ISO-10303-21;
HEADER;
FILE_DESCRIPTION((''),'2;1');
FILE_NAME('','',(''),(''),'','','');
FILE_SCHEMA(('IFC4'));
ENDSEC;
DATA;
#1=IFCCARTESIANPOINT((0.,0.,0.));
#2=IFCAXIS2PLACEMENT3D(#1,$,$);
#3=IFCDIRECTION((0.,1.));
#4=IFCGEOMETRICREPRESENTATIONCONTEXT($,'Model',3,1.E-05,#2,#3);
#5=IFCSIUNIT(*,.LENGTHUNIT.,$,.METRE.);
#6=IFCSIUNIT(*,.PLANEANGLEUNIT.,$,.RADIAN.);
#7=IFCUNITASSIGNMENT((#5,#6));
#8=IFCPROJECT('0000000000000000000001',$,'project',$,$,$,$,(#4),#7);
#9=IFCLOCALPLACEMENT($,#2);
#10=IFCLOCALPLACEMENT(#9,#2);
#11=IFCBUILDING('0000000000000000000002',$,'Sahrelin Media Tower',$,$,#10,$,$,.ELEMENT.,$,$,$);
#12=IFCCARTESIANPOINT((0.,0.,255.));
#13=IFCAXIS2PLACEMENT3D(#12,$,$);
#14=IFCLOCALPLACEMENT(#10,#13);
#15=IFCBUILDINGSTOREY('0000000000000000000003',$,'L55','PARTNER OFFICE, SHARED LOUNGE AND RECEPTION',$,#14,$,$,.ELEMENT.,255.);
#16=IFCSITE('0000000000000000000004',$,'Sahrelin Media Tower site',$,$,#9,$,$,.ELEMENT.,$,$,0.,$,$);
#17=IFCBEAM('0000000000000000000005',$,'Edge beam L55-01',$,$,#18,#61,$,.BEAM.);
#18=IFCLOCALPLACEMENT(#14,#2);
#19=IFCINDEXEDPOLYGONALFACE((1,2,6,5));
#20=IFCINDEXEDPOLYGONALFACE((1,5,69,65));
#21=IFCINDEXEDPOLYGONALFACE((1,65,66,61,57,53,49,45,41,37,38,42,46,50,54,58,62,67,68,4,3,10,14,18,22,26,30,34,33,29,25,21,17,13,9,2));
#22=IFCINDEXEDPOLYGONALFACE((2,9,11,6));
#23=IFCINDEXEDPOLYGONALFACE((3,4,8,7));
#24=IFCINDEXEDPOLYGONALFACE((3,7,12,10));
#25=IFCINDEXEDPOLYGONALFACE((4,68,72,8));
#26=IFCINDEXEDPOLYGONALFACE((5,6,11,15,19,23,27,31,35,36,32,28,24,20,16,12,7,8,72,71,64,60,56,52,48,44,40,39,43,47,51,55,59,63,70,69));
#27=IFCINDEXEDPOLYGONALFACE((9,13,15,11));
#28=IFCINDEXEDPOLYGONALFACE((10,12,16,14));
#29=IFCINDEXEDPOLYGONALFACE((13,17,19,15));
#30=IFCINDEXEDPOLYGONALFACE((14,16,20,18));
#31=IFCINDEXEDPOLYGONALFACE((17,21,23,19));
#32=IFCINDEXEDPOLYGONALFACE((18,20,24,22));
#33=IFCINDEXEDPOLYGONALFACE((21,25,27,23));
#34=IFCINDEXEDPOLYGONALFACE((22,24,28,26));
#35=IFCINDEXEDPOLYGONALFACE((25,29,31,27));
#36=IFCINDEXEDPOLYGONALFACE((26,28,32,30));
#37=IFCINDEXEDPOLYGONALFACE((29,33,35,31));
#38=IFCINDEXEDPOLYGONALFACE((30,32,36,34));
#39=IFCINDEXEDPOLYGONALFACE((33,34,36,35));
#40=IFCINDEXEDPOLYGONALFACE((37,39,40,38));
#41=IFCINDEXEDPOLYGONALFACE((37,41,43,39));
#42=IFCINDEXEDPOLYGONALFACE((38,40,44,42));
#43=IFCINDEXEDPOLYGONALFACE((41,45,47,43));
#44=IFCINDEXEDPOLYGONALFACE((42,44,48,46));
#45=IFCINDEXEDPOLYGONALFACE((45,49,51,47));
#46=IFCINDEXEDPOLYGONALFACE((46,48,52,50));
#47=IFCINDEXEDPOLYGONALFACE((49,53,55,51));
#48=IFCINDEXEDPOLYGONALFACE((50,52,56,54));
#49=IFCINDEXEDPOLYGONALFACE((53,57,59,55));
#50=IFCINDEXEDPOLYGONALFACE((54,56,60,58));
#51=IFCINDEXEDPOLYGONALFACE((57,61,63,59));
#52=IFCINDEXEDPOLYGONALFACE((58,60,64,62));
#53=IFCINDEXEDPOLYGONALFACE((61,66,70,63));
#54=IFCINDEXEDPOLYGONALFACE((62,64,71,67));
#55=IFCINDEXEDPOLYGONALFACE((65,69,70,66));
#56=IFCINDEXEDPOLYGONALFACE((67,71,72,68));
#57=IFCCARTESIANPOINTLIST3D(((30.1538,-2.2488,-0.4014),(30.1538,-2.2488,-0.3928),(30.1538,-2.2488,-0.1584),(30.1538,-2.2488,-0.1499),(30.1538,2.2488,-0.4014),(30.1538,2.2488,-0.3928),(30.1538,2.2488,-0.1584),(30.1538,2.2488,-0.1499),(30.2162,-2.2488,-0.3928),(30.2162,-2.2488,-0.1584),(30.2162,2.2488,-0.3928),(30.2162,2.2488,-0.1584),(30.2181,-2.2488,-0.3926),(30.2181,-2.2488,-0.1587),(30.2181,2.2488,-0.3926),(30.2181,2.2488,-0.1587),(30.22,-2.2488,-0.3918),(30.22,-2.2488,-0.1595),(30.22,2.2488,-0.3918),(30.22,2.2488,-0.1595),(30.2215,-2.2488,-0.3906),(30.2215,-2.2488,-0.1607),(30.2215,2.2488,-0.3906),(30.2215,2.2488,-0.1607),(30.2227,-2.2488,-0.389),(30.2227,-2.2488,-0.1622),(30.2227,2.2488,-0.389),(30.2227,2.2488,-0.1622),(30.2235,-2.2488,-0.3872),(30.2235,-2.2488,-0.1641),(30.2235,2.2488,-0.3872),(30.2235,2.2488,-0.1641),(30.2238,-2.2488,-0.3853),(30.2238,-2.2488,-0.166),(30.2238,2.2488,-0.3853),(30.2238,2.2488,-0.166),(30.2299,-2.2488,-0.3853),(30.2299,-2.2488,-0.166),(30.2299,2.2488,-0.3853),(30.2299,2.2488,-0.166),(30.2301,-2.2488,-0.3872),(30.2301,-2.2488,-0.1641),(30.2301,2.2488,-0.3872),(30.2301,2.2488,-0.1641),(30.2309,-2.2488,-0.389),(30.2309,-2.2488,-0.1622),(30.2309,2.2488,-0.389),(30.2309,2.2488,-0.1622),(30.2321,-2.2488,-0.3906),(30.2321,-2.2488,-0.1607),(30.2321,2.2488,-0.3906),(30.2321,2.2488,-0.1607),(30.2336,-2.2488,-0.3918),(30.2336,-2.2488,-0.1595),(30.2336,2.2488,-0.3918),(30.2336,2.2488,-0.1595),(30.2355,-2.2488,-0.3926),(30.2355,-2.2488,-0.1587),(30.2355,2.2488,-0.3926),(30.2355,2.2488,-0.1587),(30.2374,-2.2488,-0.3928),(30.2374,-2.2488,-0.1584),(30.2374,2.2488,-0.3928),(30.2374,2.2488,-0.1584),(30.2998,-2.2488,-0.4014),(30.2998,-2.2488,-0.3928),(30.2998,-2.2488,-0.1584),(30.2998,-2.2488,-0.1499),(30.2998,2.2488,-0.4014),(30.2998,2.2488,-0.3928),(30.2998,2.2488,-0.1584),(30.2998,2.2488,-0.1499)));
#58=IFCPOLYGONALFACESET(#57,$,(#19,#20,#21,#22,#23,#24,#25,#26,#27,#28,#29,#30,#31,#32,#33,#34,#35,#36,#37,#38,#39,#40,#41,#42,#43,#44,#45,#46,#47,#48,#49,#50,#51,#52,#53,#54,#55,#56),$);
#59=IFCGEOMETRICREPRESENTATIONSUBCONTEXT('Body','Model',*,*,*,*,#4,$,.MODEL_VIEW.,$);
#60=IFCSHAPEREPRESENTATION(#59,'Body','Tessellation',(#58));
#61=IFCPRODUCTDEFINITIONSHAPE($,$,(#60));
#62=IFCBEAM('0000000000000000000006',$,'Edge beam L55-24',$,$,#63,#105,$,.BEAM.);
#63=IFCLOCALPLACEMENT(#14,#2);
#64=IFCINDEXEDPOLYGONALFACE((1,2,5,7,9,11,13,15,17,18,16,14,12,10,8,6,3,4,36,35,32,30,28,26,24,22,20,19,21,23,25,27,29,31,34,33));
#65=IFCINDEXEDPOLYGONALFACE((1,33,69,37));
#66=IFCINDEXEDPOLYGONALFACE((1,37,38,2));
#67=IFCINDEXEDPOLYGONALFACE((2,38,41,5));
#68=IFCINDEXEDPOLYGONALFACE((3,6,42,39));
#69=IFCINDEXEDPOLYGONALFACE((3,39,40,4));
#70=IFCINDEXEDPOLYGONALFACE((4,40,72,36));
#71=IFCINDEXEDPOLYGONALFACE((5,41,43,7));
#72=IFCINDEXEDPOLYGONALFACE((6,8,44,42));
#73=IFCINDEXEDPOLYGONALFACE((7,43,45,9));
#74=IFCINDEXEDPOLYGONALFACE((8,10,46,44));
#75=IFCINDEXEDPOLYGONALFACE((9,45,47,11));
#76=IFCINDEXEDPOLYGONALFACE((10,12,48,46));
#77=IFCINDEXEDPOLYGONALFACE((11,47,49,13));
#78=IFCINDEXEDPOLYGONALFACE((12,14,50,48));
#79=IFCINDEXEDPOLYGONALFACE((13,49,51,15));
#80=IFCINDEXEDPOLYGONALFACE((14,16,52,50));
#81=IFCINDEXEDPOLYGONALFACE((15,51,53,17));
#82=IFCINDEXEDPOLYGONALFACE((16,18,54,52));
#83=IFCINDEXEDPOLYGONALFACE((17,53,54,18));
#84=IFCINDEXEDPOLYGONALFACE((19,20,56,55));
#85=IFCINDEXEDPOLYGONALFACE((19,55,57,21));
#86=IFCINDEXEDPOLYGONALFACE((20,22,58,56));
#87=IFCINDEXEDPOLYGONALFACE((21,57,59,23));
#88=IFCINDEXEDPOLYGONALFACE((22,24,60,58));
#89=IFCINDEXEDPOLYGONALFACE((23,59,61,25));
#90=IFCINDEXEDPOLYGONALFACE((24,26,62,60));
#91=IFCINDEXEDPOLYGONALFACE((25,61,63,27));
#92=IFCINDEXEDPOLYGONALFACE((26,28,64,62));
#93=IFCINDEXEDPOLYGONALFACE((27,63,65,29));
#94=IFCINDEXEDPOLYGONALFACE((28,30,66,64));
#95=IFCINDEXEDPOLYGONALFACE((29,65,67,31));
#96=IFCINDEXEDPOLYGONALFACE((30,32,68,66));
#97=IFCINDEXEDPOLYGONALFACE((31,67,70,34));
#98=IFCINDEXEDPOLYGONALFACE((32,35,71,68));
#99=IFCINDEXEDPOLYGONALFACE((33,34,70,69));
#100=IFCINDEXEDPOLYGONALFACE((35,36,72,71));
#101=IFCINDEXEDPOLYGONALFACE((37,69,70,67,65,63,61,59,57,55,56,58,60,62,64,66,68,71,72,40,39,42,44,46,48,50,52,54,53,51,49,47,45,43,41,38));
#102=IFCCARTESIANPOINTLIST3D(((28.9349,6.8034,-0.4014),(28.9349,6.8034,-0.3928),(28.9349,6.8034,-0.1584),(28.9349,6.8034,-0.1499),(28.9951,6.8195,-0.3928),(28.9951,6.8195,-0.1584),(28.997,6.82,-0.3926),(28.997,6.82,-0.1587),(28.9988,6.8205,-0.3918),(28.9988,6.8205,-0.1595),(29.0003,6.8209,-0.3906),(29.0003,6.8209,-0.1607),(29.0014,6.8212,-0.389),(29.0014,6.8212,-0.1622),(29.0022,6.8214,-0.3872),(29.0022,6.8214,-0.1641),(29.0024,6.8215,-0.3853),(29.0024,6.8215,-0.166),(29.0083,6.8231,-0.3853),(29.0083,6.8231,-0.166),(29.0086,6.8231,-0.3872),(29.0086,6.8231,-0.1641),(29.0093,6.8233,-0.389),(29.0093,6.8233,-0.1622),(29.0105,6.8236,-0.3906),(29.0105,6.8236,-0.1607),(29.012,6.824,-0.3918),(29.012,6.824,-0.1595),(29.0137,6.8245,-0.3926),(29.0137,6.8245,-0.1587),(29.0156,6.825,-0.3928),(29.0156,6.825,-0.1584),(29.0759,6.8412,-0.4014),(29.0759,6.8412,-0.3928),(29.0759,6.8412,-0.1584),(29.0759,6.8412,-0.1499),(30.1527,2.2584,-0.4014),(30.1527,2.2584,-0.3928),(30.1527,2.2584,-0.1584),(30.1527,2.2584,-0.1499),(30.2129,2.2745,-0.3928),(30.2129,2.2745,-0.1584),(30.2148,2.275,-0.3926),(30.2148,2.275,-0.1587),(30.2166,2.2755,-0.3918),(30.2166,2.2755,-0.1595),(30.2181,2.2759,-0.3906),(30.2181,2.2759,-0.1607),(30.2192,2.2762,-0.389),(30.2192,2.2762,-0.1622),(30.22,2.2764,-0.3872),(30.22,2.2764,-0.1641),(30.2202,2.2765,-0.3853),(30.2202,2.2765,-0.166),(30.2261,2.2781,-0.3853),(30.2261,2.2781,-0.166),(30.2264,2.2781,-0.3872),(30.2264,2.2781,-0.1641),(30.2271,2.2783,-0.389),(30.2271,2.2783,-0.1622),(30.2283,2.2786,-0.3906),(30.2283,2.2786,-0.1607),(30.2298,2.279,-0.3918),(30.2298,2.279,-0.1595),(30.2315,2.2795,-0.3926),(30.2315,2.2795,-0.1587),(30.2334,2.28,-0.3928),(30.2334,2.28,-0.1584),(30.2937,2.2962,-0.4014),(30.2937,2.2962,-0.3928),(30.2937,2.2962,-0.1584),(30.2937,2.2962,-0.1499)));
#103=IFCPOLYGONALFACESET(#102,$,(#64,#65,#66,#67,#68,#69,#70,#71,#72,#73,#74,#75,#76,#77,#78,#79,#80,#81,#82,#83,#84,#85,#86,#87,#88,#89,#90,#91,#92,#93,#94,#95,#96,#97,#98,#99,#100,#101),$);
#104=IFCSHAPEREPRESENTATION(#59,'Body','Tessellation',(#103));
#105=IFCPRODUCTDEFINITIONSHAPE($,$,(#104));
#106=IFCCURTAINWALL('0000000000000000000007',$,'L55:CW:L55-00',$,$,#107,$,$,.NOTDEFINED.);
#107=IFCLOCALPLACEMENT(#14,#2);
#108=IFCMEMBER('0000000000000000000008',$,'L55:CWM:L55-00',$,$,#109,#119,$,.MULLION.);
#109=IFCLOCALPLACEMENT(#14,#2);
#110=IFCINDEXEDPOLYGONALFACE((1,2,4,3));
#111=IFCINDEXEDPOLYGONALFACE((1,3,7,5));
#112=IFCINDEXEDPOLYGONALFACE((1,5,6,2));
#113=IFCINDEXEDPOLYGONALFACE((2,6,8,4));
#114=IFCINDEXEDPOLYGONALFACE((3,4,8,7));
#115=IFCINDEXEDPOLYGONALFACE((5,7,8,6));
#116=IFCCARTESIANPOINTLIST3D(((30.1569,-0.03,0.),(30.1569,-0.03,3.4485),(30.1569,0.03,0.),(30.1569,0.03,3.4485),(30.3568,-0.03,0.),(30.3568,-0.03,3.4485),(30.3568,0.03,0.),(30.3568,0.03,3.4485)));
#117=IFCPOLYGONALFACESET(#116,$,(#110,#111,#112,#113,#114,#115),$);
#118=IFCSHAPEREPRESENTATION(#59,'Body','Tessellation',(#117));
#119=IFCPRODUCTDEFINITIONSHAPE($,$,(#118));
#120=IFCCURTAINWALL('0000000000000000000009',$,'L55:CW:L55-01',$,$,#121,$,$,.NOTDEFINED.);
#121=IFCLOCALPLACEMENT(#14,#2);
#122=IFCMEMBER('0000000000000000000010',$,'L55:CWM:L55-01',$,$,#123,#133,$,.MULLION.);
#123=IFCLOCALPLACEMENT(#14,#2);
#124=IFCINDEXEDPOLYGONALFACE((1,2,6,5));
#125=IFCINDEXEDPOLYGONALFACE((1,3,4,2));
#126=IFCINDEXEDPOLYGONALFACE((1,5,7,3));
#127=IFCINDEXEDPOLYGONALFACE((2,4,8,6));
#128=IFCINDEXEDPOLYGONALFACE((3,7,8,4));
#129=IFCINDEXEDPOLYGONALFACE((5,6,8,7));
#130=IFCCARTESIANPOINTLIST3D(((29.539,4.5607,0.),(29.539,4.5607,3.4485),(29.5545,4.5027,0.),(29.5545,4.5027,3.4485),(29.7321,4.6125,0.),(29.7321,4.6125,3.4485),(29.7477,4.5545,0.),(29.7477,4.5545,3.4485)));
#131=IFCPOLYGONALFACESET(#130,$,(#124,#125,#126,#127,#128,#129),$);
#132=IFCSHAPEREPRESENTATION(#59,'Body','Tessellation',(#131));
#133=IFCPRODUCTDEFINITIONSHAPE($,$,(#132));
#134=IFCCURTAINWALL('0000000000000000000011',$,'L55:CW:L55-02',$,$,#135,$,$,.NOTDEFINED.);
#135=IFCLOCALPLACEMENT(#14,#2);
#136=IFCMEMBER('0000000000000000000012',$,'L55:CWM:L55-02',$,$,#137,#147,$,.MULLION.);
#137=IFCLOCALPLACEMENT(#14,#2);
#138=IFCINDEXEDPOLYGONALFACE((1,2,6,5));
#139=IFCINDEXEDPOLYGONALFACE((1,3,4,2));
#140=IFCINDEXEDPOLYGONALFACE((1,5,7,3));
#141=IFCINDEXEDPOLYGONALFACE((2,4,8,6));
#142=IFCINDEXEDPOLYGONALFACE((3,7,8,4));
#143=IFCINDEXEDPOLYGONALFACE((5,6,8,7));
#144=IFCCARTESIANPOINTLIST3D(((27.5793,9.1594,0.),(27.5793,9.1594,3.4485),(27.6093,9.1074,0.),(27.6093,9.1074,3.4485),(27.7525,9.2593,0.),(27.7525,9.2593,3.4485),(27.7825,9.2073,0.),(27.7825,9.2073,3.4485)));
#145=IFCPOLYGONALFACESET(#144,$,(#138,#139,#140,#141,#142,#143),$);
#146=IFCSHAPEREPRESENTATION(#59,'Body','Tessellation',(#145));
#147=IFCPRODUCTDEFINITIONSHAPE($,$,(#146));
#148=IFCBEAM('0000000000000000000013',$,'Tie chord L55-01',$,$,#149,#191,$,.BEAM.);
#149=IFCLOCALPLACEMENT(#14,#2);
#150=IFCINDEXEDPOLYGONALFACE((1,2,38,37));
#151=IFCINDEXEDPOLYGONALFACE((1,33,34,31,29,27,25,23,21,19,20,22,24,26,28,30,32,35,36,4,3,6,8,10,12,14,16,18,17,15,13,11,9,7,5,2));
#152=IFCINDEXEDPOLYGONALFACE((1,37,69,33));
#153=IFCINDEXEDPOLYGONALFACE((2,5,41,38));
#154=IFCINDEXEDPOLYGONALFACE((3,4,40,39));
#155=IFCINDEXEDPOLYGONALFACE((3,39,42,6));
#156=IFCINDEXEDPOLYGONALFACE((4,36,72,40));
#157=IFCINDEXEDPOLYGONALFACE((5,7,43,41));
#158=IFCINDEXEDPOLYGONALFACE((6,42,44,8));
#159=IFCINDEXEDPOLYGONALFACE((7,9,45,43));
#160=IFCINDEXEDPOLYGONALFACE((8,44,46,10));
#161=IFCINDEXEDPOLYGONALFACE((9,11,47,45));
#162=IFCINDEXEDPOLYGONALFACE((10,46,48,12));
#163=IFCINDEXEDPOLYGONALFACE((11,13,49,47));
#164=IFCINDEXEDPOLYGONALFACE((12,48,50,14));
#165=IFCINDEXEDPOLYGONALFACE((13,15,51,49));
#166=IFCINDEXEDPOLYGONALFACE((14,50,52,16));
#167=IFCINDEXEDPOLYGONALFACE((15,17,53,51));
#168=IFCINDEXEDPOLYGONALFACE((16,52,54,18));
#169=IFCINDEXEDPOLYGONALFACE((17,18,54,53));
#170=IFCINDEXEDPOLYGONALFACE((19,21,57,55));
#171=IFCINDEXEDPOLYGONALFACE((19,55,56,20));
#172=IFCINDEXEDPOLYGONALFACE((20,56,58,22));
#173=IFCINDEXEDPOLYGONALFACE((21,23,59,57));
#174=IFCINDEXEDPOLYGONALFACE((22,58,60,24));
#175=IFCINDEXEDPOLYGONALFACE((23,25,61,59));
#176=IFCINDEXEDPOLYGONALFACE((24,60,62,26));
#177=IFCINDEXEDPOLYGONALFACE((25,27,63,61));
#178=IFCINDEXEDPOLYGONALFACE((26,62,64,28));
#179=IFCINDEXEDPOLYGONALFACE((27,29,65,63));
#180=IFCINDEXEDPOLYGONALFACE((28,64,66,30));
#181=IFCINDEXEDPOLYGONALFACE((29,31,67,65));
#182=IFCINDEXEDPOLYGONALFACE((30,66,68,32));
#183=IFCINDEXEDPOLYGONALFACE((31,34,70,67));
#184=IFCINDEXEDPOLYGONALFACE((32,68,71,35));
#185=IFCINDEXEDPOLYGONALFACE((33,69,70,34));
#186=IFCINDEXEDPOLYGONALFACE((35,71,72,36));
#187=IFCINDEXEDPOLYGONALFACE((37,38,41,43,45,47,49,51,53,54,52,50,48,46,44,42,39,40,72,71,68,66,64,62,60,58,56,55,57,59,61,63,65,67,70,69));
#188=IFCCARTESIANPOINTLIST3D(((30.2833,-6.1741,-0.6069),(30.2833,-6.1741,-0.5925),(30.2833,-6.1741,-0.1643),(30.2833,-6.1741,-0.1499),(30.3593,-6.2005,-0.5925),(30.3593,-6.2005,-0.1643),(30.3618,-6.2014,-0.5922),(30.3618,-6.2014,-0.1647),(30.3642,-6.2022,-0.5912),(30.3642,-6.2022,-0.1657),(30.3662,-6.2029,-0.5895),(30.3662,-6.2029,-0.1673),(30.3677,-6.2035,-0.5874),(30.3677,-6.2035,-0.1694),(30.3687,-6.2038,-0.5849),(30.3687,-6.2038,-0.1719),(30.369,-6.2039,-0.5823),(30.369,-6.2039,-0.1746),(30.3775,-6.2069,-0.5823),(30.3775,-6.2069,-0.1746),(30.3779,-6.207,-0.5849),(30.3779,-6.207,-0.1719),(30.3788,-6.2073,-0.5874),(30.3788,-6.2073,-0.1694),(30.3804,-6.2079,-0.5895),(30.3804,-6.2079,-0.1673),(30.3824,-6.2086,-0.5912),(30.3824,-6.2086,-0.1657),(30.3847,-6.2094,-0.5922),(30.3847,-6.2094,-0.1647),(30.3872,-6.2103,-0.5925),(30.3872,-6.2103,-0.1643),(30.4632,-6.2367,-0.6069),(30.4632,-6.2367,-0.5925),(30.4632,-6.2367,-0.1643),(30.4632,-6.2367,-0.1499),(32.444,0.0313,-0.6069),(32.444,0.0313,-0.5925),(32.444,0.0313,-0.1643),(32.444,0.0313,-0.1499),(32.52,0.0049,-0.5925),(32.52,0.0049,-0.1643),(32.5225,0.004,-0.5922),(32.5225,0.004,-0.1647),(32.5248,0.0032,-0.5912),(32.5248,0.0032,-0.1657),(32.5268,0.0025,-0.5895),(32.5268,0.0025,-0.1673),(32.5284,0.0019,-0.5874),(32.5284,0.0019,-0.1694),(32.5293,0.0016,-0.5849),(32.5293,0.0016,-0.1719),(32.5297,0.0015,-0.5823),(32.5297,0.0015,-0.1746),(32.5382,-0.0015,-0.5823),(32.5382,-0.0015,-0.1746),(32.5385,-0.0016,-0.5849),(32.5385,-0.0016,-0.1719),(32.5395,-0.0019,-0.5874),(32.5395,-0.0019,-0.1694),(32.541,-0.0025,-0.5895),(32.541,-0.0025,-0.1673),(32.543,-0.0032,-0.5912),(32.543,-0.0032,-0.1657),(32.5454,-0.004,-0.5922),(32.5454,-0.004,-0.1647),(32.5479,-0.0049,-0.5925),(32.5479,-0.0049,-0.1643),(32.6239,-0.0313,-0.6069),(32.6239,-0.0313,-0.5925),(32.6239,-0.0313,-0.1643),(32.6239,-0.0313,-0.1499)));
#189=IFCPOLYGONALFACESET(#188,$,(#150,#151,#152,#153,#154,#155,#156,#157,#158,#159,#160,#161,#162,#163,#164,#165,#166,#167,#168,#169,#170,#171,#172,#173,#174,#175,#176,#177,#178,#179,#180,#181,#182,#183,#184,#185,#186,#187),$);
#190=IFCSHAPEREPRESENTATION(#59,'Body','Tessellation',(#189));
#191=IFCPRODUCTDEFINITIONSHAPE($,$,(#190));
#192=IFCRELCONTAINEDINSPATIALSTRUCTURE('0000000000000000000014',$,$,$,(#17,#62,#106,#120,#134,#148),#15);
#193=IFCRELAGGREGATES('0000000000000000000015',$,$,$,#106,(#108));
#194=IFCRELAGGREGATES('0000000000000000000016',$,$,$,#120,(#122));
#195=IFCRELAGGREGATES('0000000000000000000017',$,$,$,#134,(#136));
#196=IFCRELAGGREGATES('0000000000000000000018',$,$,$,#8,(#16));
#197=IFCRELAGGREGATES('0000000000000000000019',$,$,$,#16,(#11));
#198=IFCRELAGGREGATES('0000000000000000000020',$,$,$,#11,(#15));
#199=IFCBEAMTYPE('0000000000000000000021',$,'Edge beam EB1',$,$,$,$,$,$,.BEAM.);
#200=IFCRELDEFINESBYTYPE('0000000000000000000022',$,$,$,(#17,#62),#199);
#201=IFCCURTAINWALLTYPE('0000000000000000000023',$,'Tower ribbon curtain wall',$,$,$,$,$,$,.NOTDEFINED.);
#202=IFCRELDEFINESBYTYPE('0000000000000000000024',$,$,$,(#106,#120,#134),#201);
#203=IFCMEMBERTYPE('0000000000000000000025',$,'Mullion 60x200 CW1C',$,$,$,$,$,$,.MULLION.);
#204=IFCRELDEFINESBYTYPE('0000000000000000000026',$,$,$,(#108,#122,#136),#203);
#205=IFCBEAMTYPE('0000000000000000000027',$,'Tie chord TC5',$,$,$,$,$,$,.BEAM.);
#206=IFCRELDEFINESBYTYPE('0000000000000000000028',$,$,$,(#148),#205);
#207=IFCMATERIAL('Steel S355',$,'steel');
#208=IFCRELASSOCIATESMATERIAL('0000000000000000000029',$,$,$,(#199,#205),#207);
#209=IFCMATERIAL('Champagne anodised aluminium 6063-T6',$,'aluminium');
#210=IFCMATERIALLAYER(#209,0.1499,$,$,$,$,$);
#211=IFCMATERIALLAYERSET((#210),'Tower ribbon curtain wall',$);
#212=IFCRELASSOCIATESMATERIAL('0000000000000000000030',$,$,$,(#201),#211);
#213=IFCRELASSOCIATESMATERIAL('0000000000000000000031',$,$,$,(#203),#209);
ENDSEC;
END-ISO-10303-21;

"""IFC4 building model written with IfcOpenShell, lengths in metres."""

from ifc_helpers import new_model, si_unit, direction, frame, origin, origin_2d, place, context, subcontext, project, spatial, rectangle, i_section, extrude, material, layer, layer_set, material_profile, profile_set, type_object, element, aggregate, save


model = new_model("IFC4")

# Units and contexts
model_context = context("Model", 3, precision=1e-05, world=origin(), true_north=direction((0.0, 1.0)))
body_context = subcontext(model_context, "Body", "Model", "MODEL_VIEW")
ifc_project = project(units=[si_unit("LENGTHUNIT", "METRE"), si_unit("PLANEANGLEUNIT", "RADIAN")], contexts=[model_context])

# Site, building, storey
site_placement = place(None, origin())
site = spatial("IfcSite", under=ifc_project, at=site_placement, Name="Sahrelin Media Tower site", CompositionType="ELEMENT", RefElevation=0.0)
building_placement = place(site_placement, origin())
building = spatial("IfcBuilding", under=site, at=building_placement, Name="Sahrelin Media Tower", CompositionType="ELEMENT")
storey_placement = place(building_placement, frame((0.0, 0.0, 255.0)))
storey = spatial("IfcBuildingStorey", under=building, at=storey_placement, Name="L55", Description="PARTNER OFFICE, SHARED LOUNGE AND RECEPTION", CompositionType="ELEMENT", Elevation=255.0)

# Beams
ifc_material_1 = material(Name="Steel S355", Category="steel")
ifc_material_profile_1 = material_profile(ifc_material_1, i_section(OverallWidth=0.146, OverallDepth=0.2515, WebThickness=0.0061, FlangeThickness=0.0085, FilletRadius=0.0076, at=origin_2d()), Name="UB 254x146x31")
ifc_profile_set_1 = profile_set([ifc_material_profile_1], Name="Steel S355")
beam_type_1 = type_object("IfcBeamType", Name="Edge beam EB1", PredefinedType="BEAM", material=ifc_profile_set_1)
beam_1_placement = place(storey_placement, frame((30.2268, 2.2488, -0.2756), z_axis=(0.0, -1.0, 0.0), x_axis=(1.0, 0.0, 0.0)))
element("IfcBeam", 1, at=beam_1_placement, inside=storey, type_object=beam_type_1, Name="Edge beam L55-01", PredefinedType="BEAM", context=body_context, shape_type="SweptSolid", body=[
    extrude(i_section(OverallWidth=0.146, OverallDepth=0.2515, WebThickness=0.0061, FlangeThickness=0.0085, FilletRadius=0.0076, at=origin_2d()), origin(), (0.0, 0.0, 1.0), 4.4976),
])
beam_2_placement = place(storey_placement, frame((29.0054, 6.8223, -0.2756), z_axis=(0.258812, -0.965928, 0.0), x_axis=(0.965928, 0.258812, 0.0)))
element("IfcBeam", 2, at=beam_2_placement, inside=storey, type_object=beam_type_1, Name="Edge beam L55-24", PredefinedType="BEAM", context=body_context, shape_type="SweptSolid", body=[
    extrude(i_section(OverallWidth=0.146, OverallDepth=0.2515, WebThickness=0.0061, FlangeThickness=0.0085, FilletRadius=0.0076, at=origin_2d()), origin(), (0.0, 0.0, 1.0), 4.7053),
])

# Curtain walls, members
ifc_material_2 = material(Name="Champagne anodised aluminium 6063-T6", Category="aluminium")
ifc_layer_1 = layer(ifc_material_2, 0.1499)
ifc_layer_set_1 = layer_set([ifc_layer_1], Name="Tower ribbon curtain wall")
curtain_wall_type = type_object("IfcCurtainWallType", Name="Tower ribbon curtain wall", PredefinedType="NOTDEFINED", material=ifc_layer_set_1)
curtain_wall_1_placement = place(storey_placement, frame((30.377, 0.0, 0.0), z_axis=(0.0, 0.0, 1.0), x_axis=(1.0, 0.0, 0.0)))
curtain_wall_1 = element("IfcCurtainWall", 3, at=curtain_wall_1_placement, inside=storey, type_object=curtain_wall_type, Name="L55:CW:L55-00", PredefinedType="NOTDEFINED")
ifc_material_profile_2 = material_profile(ifc_material_2, rectangle(XDim=0.0601, YDim=0.2, at=origin_2d()), Name="Mullion 60x200")
ifc_profile_set_2 = profile_set([ifc_material_profile_2], Name="Champagne anodised aluminium 6063-T6")
member_type_1 = type_object("IfcMemberType", Name="Mullion 60x200 CW1C", PredefinedType="MULLION", material=ifc_profile_set_2)
member_1_placement = place(storey_placement, frame((30.2568, 0.0, 0.0), z_axis=(0.0, 0.0, 1.0), x_axis=(0.0, 1.0, 0.0)))
member_1 = element("IfcMember", 4, at=member_1_placement, type_object=member_type_1, Name="L55:CWM:L55-00", PredefinedType="MULLION", context=body_context, shape_type="SweptSolid", body=[
    extrude(rectangle(XDim=0.0601, YDim=0.2, at=origin_2d()), origin(), (0.0, 0.0, 1.0), 3.4485),
])
aggregate(curtain_wall_1, [member_1])
curtain_wall_2_placement = place(storey_placement, frame((29.759, 4.5886, 0.0), z_axis=(0.0, 0.0, 1.0), x_axis=(1.0, 0.0, 0.0)))
curtain_wall_2 = element("IfcCurtainWall", 5, at=curtain_wall_2_placement, inside=storey, type_object=curtain_wall_type, Name="L55:CW:L55-01", PredefinedType="NOTDEFINED")
member_2_placement = place(storey_placement, frame((29.6433, 4.5576, 0.0), z_axis=(0.0, 0.0, 1.0), x_axis=(-0.258836, 0.965921, 0.0)))
member_2 = element("IfcMember", 6, at=member_2_placement, type_object=member_type_1, Name="L55:CWM:L55-01", PredefinedType="MULLION", context=body_context, shape_type="SweptSolid", body=[
    extrude(rectangle(XDim=0.0601, YDim=0.2, at=origin_2d()), origin(), (0.0, 0.0, 1.0), 3.4485),
])
curtain_wall_3_placement = place(storey_placement, frame((27.7849, 9.2434, 0.0), z_axis=(0.0, 0.0, 1.0), x_axis=(1.0, 0.0, 0.0)))
curtain_wall_3 = element("IfcCurtainWall", 7, at=curtain_wall_3_placement, inside=storey, type_object=curtain_wall_type, Name="L55:CW:L55-02", PredefinedType="NOTDEFINED")
member_3_placement = place(storey_placement, frame((27.6809, 9.1833, 0.0), z_axis=(0.0, 0.0, 1.0), x_axis=(-0.5, 0.866025, 0.0)))
member_3 = element("IfcMember", 8, at=member_3_placement, type_object=member_type_1, Name="L55:CWM:L55-02", PredefinedType="MULLION", context=body_context, shape_type="SweptSolid", body=[
    extrude(rectangle(XDim=0.0601, YDim=0.2, at=origin_2d()), origin(), (0.0, 0.0, 1.0), 3.4485),
])

# Beam
ifc_material_profile_3 = material_profile(ifc_material_1, i_section(OverallWidth=0.1904, OverallDepth=0.457, WebThickness=0.009, FlangeThickness=0.0144, FilletRadius=0.0103, at=origin_2d()), Name="UB 457x191x74")
ifc_profile_set_3 = profile_set([ifc_material_profile_3], Name="Steel S355")
beam_type_2 = type_object("IfcBeamType", Name="Tie chord TC5", PredefinedType="BEAM", material=ifc_profile_set_3)
for number, where, z_axis, x_axis, name in (
    (9, (32.5339, 0.0, -0.3784), (-0.328829, -0.944389, 0.0), (0.944389, -0.328829, 0.0), "Tie chord L55-01"),
):
    element("IfcBeam", number, at=place(storey_placement, frame(where, z_axis=z_axis, x_axis=x_axis)), inside=storey, type_object=beam_type_2, Name=name, PredefinedType="BEAM", context=body_context, shape_type="SweptSolid", body=[
        extrude(i_section(OverallWidth=0.1904, OverallDepth=0.457, WebThickness=0.009, FlangeThickness=0.0144, FilletRadius=0.0103, at=origin_2d()), origin(), (0.0, 0.0, 1.0), 6.5708),
    ])

aggregate(curtain_wall_2, [member_2])
aggregate(curtain_wall_3, [member_3])

save(model, "model.ifc")
